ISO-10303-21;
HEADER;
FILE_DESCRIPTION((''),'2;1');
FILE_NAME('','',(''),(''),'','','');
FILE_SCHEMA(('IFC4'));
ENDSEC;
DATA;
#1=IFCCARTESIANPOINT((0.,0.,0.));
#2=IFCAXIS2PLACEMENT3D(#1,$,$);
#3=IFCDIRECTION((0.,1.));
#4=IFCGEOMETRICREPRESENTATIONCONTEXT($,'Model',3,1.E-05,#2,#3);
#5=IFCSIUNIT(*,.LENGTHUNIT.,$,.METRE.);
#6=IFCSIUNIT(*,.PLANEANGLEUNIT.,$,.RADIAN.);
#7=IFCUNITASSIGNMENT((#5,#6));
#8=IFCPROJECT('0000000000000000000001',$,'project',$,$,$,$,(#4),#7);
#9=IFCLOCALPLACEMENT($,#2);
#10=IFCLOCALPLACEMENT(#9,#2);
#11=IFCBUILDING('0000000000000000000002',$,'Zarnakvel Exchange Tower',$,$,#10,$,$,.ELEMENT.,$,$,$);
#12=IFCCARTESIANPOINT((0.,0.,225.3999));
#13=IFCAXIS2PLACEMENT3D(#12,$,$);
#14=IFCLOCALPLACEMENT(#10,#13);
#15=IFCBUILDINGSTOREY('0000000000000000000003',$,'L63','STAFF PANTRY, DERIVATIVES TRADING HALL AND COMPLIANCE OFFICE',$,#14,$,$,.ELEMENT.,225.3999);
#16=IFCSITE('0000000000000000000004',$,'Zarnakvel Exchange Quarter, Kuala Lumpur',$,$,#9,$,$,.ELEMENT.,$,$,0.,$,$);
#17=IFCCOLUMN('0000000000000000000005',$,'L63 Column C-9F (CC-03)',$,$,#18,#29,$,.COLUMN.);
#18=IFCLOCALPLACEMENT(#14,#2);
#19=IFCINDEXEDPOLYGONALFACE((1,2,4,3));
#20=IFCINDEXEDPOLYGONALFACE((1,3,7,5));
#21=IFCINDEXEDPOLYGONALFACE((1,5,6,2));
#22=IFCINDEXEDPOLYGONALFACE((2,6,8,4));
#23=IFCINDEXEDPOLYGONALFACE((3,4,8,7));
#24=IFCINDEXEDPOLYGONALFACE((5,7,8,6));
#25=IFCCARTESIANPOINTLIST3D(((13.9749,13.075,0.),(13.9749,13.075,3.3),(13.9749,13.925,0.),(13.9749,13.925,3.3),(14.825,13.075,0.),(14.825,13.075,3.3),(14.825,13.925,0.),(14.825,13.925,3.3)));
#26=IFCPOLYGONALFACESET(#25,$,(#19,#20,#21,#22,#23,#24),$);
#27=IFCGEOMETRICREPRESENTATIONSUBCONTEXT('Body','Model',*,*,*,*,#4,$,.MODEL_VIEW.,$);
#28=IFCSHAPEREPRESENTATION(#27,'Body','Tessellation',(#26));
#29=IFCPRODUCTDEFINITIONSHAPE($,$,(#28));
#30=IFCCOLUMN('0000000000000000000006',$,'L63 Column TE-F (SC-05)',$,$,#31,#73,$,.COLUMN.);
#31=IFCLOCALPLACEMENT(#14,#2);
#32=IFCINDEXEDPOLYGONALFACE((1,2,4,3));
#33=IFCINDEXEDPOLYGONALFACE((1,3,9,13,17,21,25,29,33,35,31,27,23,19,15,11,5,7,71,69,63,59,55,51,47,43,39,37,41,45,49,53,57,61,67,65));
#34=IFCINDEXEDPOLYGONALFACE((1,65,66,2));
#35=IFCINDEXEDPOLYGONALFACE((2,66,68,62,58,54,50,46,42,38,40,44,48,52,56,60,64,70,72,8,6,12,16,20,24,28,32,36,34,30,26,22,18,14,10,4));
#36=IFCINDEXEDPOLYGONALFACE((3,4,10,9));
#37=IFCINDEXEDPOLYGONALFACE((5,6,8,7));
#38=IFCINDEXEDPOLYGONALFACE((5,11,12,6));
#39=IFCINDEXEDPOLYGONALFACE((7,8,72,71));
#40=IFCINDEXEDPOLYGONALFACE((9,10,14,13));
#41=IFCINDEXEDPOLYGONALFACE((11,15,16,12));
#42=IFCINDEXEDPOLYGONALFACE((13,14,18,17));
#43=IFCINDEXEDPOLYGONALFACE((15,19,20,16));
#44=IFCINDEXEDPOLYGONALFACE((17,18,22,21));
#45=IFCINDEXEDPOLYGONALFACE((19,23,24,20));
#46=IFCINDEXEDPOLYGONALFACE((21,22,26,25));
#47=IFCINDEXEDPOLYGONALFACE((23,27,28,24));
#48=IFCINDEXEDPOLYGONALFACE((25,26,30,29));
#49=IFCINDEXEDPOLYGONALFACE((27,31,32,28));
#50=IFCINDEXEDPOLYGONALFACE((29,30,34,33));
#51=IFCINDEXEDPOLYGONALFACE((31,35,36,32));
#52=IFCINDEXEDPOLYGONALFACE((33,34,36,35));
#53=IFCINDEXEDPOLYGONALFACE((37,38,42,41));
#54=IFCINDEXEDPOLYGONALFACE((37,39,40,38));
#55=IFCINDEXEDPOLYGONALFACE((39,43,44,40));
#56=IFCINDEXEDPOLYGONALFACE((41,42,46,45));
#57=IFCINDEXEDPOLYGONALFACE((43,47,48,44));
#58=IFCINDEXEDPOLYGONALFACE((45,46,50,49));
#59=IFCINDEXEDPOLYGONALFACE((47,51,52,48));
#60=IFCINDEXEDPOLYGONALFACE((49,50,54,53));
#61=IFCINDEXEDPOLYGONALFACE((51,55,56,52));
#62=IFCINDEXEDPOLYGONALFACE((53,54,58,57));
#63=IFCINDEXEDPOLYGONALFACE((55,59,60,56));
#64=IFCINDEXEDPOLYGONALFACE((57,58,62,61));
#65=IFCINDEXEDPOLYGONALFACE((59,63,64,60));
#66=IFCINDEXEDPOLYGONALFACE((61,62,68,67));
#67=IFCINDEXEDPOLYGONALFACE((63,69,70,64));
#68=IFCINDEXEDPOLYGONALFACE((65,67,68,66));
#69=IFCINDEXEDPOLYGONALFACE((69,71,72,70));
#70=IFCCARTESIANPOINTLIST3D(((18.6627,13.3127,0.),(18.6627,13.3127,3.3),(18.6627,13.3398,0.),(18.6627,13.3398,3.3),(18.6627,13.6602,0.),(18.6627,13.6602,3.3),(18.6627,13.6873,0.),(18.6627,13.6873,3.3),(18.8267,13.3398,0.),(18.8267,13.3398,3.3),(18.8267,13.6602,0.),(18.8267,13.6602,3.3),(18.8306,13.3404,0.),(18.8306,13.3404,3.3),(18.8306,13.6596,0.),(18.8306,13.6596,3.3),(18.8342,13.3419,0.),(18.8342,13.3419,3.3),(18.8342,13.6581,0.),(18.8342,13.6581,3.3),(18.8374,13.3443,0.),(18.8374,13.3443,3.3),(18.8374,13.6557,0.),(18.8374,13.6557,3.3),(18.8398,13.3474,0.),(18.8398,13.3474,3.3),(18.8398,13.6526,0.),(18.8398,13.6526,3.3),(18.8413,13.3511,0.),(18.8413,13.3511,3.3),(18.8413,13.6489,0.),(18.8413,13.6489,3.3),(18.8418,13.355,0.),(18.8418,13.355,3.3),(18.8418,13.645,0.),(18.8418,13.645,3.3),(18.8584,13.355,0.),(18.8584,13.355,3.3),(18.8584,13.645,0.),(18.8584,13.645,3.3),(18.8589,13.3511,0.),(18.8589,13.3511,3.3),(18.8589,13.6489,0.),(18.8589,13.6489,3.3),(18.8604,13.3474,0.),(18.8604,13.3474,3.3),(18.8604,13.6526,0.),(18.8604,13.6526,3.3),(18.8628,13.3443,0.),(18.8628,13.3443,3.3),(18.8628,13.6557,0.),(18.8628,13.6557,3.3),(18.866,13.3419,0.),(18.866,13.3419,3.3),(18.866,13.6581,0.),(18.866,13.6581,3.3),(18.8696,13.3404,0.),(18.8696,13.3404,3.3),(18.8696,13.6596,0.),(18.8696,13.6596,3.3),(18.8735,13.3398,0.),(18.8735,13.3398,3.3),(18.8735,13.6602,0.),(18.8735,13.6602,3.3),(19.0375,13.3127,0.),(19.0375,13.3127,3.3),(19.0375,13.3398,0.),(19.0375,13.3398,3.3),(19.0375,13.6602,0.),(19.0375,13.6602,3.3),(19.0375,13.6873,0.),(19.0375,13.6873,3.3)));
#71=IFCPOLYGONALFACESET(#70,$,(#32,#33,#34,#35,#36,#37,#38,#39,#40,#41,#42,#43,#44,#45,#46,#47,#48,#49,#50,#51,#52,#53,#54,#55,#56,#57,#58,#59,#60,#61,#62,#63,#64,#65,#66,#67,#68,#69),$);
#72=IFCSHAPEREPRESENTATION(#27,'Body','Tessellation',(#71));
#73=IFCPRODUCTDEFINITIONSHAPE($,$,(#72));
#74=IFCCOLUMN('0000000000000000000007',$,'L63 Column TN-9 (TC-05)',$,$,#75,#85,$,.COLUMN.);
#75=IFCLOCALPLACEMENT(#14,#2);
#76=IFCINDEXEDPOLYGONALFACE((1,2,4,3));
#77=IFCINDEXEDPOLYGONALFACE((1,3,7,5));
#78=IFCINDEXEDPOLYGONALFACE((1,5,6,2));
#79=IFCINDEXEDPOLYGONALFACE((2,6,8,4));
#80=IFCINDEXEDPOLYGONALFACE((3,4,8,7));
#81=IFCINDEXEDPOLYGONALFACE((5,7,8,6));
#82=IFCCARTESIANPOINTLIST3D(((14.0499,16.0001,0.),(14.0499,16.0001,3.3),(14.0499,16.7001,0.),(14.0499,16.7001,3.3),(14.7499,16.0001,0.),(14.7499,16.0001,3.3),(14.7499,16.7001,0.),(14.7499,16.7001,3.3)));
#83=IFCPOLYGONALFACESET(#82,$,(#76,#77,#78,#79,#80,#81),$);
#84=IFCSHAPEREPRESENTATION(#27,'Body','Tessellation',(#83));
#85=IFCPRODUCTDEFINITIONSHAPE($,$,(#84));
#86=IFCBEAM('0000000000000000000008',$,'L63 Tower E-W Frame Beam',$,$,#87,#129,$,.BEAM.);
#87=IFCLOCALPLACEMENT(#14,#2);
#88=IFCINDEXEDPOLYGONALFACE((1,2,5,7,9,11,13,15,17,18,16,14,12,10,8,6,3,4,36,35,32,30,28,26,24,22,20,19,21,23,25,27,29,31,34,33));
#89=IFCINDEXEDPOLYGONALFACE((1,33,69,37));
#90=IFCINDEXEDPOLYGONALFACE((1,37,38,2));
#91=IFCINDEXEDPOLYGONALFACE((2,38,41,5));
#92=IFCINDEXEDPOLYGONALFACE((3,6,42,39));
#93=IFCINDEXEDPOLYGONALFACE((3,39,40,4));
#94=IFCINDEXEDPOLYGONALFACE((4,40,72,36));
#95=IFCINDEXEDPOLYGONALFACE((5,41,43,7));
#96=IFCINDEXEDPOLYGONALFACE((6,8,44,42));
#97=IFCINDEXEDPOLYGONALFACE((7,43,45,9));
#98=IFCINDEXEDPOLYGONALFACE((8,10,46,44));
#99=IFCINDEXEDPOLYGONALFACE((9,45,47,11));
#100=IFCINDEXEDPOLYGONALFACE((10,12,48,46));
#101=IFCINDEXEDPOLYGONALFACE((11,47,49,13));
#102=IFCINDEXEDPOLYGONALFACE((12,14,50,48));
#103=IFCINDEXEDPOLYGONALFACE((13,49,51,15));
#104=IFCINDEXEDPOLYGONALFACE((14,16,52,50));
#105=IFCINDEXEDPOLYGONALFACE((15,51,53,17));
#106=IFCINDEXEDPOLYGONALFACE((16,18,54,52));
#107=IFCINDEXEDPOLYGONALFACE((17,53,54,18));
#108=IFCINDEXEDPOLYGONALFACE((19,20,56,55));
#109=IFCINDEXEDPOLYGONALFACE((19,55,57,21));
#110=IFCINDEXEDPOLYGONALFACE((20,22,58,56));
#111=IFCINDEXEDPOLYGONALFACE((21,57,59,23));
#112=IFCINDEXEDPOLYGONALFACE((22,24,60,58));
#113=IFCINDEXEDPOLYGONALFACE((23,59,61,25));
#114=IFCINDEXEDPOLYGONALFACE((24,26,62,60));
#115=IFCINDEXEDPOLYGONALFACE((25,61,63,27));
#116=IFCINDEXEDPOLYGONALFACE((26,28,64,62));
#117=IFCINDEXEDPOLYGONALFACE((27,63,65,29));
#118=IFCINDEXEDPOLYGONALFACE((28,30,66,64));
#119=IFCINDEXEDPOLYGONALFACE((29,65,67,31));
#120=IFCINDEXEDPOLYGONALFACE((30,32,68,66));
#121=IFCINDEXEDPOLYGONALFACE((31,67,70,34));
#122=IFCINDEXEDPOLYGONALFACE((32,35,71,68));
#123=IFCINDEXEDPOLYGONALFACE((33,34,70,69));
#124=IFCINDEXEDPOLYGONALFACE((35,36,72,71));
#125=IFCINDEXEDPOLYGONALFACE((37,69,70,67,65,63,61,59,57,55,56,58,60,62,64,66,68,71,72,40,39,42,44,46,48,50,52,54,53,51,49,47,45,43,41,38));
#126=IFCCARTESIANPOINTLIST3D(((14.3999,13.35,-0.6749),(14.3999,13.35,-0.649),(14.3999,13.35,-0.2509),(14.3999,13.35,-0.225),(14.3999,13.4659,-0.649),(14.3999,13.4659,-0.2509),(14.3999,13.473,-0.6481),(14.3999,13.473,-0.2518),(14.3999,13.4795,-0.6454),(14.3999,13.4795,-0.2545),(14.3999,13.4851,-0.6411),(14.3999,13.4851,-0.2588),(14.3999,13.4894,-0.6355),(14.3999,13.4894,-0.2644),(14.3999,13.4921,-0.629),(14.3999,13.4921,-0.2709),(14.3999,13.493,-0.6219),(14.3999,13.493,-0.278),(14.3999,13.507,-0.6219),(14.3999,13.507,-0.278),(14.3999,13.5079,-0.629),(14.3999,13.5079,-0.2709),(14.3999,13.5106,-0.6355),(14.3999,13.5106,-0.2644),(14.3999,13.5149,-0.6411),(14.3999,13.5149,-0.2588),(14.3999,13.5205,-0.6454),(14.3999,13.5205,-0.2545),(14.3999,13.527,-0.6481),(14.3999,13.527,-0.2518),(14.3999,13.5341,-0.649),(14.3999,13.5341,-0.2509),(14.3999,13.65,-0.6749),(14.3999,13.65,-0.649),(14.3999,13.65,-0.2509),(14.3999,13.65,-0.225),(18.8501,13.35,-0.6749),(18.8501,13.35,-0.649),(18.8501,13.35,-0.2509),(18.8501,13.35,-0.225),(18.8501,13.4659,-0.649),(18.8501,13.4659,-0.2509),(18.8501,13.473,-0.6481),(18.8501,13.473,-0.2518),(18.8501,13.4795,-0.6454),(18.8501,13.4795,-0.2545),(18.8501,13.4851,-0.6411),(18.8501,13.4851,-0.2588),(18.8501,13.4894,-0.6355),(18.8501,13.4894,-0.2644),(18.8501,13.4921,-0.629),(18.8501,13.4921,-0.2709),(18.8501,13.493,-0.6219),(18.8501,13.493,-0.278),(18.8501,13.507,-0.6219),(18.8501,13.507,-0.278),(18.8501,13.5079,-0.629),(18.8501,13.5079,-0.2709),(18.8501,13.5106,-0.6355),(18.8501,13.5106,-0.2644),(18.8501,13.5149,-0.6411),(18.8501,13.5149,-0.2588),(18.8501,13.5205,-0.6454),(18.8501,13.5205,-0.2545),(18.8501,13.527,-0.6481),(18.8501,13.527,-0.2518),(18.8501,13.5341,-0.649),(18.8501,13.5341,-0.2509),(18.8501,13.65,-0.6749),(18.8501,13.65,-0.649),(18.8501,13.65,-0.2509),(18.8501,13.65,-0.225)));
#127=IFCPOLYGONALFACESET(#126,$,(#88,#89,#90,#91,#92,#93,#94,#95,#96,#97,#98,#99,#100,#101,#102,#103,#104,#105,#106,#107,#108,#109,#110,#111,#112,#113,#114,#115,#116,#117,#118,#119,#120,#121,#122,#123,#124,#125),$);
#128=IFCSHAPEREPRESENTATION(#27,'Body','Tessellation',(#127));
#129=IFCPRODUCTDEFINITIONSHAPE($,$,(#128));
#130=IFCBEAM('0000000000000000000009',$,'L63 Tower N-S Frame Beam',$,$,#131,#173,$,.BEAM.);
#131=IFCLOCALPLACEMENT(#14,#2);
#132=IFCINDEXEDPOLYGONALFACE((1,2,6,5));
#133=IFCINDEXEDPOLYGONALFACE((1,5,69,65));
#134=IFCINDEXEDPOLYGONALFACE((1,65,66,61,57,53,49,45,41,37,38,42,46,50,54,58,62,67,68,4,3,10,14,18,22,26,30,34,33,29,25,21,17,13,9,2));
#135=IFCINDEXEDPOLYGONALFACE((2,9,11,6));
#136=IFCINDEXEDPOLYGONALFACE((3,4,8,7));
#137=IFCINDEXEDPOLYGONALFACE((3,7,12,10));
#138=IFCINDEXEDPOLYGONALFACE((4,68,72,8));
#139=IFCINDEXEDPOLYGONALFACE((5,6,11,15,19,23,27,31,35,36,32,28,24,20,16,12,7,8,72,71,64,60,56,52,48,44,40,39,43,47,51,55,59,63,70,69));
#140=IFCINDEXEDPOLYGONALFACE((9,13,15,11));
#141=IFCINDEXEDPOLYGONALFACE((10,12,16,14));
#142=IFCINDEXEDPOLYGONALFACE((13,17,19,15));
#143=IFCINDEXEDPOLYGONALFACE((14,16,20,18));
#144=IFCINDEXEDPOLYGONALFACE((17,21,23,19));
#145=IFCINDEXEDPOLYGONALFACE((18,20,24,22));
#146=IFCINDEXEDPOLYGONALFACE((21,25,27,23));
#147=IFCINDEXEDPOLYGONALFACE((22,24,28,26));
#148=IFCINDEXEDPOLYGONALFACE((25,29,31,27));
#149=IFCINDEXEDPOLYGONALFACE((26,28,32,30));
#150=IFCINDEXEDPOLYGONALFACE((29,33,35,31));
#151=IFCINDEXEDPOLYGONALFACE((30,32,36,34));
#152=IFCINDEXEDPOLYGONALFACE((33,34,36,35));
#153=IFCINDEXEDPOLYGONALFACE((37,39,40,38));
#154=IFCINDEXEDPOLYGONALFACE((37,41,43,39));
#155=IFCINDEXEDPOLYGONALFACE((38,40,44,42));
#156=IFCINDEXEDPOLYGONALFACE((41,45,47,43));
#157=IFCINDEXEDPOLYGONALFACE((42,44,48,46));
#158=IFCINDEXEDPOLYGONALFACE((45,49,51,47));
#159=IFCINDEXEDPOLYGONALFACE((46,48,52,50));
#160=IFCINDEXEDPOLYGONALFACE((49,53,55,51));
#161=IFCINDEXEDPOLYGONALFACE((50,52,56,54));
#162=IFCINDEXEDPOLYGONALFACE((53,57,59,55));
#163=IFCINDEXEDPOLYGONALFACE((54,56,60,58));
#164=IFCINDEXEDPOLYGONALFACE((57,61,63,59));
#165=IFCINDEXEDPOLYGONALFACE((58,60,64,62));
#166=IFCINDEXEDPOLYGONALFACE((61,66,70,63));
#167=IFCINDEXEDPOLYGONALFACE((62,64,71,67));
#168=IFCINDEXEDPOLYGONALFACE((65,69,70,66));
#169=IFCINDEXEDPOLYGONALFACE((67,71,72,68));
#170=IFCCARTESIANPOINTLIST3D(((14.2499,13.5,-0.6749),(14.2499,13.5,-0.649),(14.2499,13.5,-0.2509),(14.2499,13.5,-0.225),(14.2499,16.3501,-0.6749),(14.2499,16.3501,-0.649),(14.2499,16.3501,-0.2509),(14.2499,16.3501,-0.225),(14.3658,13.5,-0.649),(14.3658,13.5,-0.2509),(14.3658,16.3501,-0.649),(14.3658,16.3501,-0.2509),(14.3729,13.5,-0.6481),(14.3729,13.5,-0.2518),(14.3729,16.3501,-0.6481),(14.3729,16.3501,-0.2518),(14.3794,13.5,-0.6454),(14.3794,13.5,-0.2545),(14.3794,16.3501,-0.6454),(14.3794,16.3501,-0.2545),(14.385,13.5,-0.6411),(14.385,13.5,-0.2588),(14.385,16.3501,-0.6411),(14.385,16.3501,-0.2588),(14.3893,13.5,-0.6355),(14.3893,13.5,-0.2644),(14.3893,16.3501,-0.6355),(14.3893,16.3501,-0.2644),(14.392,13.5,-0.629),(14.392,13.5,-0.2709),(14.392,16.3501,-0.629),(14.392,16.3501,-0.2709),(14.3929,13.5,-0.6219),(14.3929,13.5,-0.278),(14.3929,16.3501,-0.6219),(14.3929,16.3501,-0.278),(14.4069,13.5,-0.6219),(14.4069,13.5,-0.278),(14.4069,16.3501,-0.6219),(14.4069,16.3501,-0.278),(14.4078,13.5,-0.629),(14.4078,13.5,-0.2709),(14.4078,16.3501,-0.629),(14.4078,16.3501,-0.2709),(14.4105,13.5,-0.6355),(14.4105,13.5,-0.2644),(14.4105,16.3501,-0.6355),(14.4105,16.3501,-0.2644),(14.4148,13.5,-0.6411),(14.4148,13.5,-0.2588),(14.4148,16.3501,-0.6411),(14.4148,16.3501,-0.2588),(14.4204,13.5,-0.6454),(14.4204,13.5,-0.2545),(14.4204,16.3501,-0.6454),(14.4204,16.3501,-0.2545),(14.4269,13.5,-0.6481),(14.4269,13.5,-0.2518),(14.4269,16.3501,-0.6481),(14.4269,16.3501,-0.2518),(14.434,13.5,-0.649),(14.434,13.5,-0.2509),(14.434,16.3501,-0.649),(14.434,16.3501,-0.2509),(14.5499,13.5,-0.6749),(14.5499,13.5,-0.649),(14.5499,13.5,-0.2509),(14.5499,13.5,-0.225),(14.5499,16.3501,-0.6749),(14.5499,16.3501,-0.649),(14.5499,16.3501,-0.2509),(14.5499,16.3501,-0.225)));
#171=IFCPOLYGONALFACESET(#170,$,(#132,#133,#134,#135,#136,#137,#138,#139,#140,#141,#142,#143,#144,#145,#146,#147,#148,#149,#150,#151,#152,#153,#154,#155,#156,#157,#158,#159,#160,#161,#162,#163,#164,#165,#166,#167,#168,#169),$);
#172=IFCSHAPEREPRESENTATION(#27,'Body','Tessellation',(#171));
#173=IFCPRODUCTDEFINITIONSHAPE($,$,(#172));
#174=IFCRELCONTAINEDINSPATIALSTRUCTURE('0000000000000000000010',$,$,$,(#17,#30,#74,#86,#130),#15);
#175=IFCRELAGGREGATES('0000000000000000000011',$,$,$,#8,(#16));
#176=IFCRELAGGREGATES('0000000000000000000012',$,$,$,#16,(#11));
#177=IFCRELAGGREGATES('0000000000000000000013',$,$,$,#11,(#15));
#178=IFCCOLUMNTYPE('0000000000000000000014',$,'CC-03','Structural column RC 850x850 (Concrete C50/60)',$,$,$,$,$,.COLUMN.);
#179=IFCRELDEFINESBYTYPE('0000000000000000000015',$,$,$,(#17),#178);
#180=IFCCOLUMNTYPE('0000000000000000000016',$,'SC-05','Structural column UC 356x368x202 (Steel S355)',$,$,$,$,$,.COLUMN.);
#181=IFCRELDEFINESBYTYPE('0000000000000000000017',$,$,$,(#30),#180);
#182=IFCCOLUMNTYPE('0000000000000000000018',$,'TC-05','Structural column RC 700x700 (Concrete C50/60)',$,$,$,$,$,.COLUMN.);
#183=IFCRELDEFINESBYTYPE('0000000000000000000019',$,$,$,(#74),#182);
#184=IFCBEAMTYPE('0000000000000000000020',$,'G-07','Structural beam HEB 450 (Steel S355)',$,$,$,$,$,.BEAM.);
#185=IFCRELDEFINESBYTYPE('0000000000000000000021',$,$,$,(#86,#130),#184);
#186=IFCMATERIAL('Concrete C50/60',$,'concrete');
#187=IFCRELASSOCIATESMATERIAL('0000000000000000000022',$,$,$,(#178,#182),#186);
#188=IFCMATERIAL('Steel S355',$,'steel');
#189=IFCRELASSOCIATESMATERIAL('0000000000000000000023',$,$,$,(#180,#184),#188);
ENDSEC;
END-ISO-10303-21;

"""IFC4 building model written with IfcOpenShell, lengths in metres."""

from ifc_helpers import new_model, si_unit, direction, frame, origin, origin_2d, place, context, subcontext, project, spatial, rectangle, i_section, extrude, material, material_profile, profile_set, type_object, element, save


model = new_model("IFC4")

# Units and contexts
model_context = context("Model", 3, precision=1e-05, world=origin(), true_north=direction((0.0, 1.0)))
body_context = subcontext(model_context, "Body", "Model", "MODEL_VIEW")
ifc_project = project(units=[si_unit("LENGTHUNIT", "METRE"), si_unit("PLANEANGLEUNIT", "RADIAN")], contexts=[model_context])

# Site, building, storey
site_placement = place(None, origin())
site = spatial("IfcSite", under=ifc_project, at=site_placement, Name="Zarnakvel Exchange Quarter, Kuala Lumpur", CompositionType="ELEMENT", RefElevation=0.0)
building_placement = place(site_placement, origin())
building = spatial("IfcBuilding", under=site, at=building_placement, Name="Zarnakvel Exchange Tower", CompositionType="ELEMENT")
storey_placement = place(building_placement, frame((0.0, 0.0, 225.3999)))
storey = spatial("IfcBuildingStorey", under=building, at=storey_placement, Name="L63", Description="STAFF PANTRY, DERIVATIVES TRADING HALL AND COMPLIANCE OFFICE", CompositionType="ELEMENT", Elevation=225.3999)

# Columns
ifc_material_1 = material(Name="Concrete C50/60", Category="concrete")
ifc_material_profile_1 = material_profile(ifc_material_1, rectangle(XDim=0.8501, YDim=0.8501, at=origin_2d()))
ifc_profile_set_1 = profile_set([ifc_material_profile_1], Name="Concrete C50/60")
column_type_1 = type_object("IfcColumnType", Name="CC-03", Description="Structural column RC 850x850 (Concrete C50/60)", PredefinedType="COLUMN", material=ifc_profile_set_1)
column_1_placement = place(storey_placement, frame((14.3999, 13.5, 0.0), z_axis=(0.0, 0.0, 1.0), x_axis=(1.0, 0.0, 0.0)))
element("IfcColumn", 1, at=column_1_placement, inside=storey, type_object=column_type_1, Name="L63 Column C-9F (CC-03)", PredefinedType="COLUMN", context=body_context, shape_type="SweptSolid", body=[
    extrude(rectangle(XDim=0.8501, YDim=0.8501, at=origin_2d()), origin(), (0.0, 0.0, 1.0), 3.3),
])
ifc_material_2 = material(Name="Steel S355", Category="steel")
ifc_material_profile_2 = material_profile(ifc_material_2, i_section(OverallWidth=0.3748, OverallDepth=0.3745, WebThickness=0.0166, FlangeThickness=0.0271, FilletRadius=0.0151, at=origin_2d()))
ifc_profile_set_2 = profile_set([ifc_material_profile_2], Name="Steel S355")
column_type_2 = type_object("IfcColumnType", Name="SC-05", Description="Structural column UC 356x368x202 (Steel S355)", PredefinedType="COLUMN", material=ifc_profile_set_2)
column_2_placement = place(storey_placement, frame((18.8501, 13.5, 0.0), z_axis=(0.0, 0.0, 1.0), x_axis=(1.0, 0.0, 0.0)))
element("IfcColumn", 2, at=column_2_placement, inside=storey, type_object=column_type_2, Name="L63 Column TE-F (SC-05)", PredefinedType="COLUMN", context=body_context, shape_type="SweptSolid", body=[
    extrude(i_section(OverallWidth=0.3748, OverallDepth=0.3745, WebThickness=0.0166, FlangeThickness=0.0271, FilletRadius=0.0151, at=origin_2d()), origin(), (0.0, 0.0, 1.0), 3.3),
])
ifc_material_profile_3 = material_profile(ifc_material_1, rectangle(XDim=0.7, YDim=0.7, at=origin_2d()))
ifc_profile_set_3 = profile_set([ifc_material_profile_3], Name="Concrete C50/60")
column_type_3 = type_object("IfcColumnType", Name="TC-05", Description="Structural column RC 700x700 (Concrete C50/60)", PredefinedType="COLUMN", material=ifc_profile_set_3)
column_3_placement = place(storey_placement, frame((14.3999, 16.3501, 0.0), z_axis=(0.0, 0.0, 1.0), x_axis=(1.0, 0.0, 0.0)))
element("IfcColumn", 3, at=column_3_placement, inside=storey, type_object=column_type_3, Name="L63 Column TN-9 (TC-05)", PredefinedType="COLUMN", context=body_context, shape_type="SweptSolid", body=[
    extrude(rectangle(XDim=0.7, YDim=0.7, at=origin_2d()), origin(), (0.0, 0.0, 1.0), 3.3),
])

# Beams
ifc_material_profile_4 = material_profile(ifc_material_2, i_section(OverallWidth=0.3, OverallDepth=0.45, WebThickness=0.0139, FlangeThickness=0.0259, FilletRadius=0.0271, at=origin_2d()))
ifc_profile_set_4 = profile_set([ifc_material_profile_4], Name="Steel S355")
beam_type = type_object("IfcBeamType", Name="G-07", Description="Structural beam HEB 450 (Steel S355)", PredefinedType="BEAM", material=ifc_profile_set_4)
beam_1_placement = place(storey_placement, frame((14.3999, 13.5, -0.45), z_axis=(1.0, 0.0, 0.0), x_axis=(0.0, 1.0, 0.0)))
element("IfcBeam", 4, at=beam_1_placement, inside=storey, type_object=beam_type, Name="L63 Tower E-W Frame Beam", PredefinedType="BEAM", context=body_context, shape_type="SweptSolid", body=[
    extrude(i_section(OverallWidth=0.3, OverallDepth=0.45, WebThickness=0.0139, FlangeThickness=0.0259, FilletRadius=0.0271, at=origin_2d()), origin(), (0.0, 0.0, 1.0), 4.4502),
])
beam_2_placement = place(storey_placement, frame((14.3999, 13.5, -0.45), z_axis=(0.0, 1.0, 0.0), x_axis=(-1.0, 0.0, 0.0)))
element("IfcBeam", 5, at=beam_2_placement, inside=storey, type_object=beam_type, Name="L63 Tower N-S Frame Beam", PredefinedType="BEAM", context=body_context, shape_type="SweptSolid", body=[
    extrude(i_section(OverallWidth=0.3, OverallDepth=0.45, WebThickness=0.0139, FlangeThickness=0.0259, FilletRadius=0.0271, at=origin_2d()), origin(), (0.0, 0.0, 1.0), 2.8501),
])

save(model, "model.ifc")
